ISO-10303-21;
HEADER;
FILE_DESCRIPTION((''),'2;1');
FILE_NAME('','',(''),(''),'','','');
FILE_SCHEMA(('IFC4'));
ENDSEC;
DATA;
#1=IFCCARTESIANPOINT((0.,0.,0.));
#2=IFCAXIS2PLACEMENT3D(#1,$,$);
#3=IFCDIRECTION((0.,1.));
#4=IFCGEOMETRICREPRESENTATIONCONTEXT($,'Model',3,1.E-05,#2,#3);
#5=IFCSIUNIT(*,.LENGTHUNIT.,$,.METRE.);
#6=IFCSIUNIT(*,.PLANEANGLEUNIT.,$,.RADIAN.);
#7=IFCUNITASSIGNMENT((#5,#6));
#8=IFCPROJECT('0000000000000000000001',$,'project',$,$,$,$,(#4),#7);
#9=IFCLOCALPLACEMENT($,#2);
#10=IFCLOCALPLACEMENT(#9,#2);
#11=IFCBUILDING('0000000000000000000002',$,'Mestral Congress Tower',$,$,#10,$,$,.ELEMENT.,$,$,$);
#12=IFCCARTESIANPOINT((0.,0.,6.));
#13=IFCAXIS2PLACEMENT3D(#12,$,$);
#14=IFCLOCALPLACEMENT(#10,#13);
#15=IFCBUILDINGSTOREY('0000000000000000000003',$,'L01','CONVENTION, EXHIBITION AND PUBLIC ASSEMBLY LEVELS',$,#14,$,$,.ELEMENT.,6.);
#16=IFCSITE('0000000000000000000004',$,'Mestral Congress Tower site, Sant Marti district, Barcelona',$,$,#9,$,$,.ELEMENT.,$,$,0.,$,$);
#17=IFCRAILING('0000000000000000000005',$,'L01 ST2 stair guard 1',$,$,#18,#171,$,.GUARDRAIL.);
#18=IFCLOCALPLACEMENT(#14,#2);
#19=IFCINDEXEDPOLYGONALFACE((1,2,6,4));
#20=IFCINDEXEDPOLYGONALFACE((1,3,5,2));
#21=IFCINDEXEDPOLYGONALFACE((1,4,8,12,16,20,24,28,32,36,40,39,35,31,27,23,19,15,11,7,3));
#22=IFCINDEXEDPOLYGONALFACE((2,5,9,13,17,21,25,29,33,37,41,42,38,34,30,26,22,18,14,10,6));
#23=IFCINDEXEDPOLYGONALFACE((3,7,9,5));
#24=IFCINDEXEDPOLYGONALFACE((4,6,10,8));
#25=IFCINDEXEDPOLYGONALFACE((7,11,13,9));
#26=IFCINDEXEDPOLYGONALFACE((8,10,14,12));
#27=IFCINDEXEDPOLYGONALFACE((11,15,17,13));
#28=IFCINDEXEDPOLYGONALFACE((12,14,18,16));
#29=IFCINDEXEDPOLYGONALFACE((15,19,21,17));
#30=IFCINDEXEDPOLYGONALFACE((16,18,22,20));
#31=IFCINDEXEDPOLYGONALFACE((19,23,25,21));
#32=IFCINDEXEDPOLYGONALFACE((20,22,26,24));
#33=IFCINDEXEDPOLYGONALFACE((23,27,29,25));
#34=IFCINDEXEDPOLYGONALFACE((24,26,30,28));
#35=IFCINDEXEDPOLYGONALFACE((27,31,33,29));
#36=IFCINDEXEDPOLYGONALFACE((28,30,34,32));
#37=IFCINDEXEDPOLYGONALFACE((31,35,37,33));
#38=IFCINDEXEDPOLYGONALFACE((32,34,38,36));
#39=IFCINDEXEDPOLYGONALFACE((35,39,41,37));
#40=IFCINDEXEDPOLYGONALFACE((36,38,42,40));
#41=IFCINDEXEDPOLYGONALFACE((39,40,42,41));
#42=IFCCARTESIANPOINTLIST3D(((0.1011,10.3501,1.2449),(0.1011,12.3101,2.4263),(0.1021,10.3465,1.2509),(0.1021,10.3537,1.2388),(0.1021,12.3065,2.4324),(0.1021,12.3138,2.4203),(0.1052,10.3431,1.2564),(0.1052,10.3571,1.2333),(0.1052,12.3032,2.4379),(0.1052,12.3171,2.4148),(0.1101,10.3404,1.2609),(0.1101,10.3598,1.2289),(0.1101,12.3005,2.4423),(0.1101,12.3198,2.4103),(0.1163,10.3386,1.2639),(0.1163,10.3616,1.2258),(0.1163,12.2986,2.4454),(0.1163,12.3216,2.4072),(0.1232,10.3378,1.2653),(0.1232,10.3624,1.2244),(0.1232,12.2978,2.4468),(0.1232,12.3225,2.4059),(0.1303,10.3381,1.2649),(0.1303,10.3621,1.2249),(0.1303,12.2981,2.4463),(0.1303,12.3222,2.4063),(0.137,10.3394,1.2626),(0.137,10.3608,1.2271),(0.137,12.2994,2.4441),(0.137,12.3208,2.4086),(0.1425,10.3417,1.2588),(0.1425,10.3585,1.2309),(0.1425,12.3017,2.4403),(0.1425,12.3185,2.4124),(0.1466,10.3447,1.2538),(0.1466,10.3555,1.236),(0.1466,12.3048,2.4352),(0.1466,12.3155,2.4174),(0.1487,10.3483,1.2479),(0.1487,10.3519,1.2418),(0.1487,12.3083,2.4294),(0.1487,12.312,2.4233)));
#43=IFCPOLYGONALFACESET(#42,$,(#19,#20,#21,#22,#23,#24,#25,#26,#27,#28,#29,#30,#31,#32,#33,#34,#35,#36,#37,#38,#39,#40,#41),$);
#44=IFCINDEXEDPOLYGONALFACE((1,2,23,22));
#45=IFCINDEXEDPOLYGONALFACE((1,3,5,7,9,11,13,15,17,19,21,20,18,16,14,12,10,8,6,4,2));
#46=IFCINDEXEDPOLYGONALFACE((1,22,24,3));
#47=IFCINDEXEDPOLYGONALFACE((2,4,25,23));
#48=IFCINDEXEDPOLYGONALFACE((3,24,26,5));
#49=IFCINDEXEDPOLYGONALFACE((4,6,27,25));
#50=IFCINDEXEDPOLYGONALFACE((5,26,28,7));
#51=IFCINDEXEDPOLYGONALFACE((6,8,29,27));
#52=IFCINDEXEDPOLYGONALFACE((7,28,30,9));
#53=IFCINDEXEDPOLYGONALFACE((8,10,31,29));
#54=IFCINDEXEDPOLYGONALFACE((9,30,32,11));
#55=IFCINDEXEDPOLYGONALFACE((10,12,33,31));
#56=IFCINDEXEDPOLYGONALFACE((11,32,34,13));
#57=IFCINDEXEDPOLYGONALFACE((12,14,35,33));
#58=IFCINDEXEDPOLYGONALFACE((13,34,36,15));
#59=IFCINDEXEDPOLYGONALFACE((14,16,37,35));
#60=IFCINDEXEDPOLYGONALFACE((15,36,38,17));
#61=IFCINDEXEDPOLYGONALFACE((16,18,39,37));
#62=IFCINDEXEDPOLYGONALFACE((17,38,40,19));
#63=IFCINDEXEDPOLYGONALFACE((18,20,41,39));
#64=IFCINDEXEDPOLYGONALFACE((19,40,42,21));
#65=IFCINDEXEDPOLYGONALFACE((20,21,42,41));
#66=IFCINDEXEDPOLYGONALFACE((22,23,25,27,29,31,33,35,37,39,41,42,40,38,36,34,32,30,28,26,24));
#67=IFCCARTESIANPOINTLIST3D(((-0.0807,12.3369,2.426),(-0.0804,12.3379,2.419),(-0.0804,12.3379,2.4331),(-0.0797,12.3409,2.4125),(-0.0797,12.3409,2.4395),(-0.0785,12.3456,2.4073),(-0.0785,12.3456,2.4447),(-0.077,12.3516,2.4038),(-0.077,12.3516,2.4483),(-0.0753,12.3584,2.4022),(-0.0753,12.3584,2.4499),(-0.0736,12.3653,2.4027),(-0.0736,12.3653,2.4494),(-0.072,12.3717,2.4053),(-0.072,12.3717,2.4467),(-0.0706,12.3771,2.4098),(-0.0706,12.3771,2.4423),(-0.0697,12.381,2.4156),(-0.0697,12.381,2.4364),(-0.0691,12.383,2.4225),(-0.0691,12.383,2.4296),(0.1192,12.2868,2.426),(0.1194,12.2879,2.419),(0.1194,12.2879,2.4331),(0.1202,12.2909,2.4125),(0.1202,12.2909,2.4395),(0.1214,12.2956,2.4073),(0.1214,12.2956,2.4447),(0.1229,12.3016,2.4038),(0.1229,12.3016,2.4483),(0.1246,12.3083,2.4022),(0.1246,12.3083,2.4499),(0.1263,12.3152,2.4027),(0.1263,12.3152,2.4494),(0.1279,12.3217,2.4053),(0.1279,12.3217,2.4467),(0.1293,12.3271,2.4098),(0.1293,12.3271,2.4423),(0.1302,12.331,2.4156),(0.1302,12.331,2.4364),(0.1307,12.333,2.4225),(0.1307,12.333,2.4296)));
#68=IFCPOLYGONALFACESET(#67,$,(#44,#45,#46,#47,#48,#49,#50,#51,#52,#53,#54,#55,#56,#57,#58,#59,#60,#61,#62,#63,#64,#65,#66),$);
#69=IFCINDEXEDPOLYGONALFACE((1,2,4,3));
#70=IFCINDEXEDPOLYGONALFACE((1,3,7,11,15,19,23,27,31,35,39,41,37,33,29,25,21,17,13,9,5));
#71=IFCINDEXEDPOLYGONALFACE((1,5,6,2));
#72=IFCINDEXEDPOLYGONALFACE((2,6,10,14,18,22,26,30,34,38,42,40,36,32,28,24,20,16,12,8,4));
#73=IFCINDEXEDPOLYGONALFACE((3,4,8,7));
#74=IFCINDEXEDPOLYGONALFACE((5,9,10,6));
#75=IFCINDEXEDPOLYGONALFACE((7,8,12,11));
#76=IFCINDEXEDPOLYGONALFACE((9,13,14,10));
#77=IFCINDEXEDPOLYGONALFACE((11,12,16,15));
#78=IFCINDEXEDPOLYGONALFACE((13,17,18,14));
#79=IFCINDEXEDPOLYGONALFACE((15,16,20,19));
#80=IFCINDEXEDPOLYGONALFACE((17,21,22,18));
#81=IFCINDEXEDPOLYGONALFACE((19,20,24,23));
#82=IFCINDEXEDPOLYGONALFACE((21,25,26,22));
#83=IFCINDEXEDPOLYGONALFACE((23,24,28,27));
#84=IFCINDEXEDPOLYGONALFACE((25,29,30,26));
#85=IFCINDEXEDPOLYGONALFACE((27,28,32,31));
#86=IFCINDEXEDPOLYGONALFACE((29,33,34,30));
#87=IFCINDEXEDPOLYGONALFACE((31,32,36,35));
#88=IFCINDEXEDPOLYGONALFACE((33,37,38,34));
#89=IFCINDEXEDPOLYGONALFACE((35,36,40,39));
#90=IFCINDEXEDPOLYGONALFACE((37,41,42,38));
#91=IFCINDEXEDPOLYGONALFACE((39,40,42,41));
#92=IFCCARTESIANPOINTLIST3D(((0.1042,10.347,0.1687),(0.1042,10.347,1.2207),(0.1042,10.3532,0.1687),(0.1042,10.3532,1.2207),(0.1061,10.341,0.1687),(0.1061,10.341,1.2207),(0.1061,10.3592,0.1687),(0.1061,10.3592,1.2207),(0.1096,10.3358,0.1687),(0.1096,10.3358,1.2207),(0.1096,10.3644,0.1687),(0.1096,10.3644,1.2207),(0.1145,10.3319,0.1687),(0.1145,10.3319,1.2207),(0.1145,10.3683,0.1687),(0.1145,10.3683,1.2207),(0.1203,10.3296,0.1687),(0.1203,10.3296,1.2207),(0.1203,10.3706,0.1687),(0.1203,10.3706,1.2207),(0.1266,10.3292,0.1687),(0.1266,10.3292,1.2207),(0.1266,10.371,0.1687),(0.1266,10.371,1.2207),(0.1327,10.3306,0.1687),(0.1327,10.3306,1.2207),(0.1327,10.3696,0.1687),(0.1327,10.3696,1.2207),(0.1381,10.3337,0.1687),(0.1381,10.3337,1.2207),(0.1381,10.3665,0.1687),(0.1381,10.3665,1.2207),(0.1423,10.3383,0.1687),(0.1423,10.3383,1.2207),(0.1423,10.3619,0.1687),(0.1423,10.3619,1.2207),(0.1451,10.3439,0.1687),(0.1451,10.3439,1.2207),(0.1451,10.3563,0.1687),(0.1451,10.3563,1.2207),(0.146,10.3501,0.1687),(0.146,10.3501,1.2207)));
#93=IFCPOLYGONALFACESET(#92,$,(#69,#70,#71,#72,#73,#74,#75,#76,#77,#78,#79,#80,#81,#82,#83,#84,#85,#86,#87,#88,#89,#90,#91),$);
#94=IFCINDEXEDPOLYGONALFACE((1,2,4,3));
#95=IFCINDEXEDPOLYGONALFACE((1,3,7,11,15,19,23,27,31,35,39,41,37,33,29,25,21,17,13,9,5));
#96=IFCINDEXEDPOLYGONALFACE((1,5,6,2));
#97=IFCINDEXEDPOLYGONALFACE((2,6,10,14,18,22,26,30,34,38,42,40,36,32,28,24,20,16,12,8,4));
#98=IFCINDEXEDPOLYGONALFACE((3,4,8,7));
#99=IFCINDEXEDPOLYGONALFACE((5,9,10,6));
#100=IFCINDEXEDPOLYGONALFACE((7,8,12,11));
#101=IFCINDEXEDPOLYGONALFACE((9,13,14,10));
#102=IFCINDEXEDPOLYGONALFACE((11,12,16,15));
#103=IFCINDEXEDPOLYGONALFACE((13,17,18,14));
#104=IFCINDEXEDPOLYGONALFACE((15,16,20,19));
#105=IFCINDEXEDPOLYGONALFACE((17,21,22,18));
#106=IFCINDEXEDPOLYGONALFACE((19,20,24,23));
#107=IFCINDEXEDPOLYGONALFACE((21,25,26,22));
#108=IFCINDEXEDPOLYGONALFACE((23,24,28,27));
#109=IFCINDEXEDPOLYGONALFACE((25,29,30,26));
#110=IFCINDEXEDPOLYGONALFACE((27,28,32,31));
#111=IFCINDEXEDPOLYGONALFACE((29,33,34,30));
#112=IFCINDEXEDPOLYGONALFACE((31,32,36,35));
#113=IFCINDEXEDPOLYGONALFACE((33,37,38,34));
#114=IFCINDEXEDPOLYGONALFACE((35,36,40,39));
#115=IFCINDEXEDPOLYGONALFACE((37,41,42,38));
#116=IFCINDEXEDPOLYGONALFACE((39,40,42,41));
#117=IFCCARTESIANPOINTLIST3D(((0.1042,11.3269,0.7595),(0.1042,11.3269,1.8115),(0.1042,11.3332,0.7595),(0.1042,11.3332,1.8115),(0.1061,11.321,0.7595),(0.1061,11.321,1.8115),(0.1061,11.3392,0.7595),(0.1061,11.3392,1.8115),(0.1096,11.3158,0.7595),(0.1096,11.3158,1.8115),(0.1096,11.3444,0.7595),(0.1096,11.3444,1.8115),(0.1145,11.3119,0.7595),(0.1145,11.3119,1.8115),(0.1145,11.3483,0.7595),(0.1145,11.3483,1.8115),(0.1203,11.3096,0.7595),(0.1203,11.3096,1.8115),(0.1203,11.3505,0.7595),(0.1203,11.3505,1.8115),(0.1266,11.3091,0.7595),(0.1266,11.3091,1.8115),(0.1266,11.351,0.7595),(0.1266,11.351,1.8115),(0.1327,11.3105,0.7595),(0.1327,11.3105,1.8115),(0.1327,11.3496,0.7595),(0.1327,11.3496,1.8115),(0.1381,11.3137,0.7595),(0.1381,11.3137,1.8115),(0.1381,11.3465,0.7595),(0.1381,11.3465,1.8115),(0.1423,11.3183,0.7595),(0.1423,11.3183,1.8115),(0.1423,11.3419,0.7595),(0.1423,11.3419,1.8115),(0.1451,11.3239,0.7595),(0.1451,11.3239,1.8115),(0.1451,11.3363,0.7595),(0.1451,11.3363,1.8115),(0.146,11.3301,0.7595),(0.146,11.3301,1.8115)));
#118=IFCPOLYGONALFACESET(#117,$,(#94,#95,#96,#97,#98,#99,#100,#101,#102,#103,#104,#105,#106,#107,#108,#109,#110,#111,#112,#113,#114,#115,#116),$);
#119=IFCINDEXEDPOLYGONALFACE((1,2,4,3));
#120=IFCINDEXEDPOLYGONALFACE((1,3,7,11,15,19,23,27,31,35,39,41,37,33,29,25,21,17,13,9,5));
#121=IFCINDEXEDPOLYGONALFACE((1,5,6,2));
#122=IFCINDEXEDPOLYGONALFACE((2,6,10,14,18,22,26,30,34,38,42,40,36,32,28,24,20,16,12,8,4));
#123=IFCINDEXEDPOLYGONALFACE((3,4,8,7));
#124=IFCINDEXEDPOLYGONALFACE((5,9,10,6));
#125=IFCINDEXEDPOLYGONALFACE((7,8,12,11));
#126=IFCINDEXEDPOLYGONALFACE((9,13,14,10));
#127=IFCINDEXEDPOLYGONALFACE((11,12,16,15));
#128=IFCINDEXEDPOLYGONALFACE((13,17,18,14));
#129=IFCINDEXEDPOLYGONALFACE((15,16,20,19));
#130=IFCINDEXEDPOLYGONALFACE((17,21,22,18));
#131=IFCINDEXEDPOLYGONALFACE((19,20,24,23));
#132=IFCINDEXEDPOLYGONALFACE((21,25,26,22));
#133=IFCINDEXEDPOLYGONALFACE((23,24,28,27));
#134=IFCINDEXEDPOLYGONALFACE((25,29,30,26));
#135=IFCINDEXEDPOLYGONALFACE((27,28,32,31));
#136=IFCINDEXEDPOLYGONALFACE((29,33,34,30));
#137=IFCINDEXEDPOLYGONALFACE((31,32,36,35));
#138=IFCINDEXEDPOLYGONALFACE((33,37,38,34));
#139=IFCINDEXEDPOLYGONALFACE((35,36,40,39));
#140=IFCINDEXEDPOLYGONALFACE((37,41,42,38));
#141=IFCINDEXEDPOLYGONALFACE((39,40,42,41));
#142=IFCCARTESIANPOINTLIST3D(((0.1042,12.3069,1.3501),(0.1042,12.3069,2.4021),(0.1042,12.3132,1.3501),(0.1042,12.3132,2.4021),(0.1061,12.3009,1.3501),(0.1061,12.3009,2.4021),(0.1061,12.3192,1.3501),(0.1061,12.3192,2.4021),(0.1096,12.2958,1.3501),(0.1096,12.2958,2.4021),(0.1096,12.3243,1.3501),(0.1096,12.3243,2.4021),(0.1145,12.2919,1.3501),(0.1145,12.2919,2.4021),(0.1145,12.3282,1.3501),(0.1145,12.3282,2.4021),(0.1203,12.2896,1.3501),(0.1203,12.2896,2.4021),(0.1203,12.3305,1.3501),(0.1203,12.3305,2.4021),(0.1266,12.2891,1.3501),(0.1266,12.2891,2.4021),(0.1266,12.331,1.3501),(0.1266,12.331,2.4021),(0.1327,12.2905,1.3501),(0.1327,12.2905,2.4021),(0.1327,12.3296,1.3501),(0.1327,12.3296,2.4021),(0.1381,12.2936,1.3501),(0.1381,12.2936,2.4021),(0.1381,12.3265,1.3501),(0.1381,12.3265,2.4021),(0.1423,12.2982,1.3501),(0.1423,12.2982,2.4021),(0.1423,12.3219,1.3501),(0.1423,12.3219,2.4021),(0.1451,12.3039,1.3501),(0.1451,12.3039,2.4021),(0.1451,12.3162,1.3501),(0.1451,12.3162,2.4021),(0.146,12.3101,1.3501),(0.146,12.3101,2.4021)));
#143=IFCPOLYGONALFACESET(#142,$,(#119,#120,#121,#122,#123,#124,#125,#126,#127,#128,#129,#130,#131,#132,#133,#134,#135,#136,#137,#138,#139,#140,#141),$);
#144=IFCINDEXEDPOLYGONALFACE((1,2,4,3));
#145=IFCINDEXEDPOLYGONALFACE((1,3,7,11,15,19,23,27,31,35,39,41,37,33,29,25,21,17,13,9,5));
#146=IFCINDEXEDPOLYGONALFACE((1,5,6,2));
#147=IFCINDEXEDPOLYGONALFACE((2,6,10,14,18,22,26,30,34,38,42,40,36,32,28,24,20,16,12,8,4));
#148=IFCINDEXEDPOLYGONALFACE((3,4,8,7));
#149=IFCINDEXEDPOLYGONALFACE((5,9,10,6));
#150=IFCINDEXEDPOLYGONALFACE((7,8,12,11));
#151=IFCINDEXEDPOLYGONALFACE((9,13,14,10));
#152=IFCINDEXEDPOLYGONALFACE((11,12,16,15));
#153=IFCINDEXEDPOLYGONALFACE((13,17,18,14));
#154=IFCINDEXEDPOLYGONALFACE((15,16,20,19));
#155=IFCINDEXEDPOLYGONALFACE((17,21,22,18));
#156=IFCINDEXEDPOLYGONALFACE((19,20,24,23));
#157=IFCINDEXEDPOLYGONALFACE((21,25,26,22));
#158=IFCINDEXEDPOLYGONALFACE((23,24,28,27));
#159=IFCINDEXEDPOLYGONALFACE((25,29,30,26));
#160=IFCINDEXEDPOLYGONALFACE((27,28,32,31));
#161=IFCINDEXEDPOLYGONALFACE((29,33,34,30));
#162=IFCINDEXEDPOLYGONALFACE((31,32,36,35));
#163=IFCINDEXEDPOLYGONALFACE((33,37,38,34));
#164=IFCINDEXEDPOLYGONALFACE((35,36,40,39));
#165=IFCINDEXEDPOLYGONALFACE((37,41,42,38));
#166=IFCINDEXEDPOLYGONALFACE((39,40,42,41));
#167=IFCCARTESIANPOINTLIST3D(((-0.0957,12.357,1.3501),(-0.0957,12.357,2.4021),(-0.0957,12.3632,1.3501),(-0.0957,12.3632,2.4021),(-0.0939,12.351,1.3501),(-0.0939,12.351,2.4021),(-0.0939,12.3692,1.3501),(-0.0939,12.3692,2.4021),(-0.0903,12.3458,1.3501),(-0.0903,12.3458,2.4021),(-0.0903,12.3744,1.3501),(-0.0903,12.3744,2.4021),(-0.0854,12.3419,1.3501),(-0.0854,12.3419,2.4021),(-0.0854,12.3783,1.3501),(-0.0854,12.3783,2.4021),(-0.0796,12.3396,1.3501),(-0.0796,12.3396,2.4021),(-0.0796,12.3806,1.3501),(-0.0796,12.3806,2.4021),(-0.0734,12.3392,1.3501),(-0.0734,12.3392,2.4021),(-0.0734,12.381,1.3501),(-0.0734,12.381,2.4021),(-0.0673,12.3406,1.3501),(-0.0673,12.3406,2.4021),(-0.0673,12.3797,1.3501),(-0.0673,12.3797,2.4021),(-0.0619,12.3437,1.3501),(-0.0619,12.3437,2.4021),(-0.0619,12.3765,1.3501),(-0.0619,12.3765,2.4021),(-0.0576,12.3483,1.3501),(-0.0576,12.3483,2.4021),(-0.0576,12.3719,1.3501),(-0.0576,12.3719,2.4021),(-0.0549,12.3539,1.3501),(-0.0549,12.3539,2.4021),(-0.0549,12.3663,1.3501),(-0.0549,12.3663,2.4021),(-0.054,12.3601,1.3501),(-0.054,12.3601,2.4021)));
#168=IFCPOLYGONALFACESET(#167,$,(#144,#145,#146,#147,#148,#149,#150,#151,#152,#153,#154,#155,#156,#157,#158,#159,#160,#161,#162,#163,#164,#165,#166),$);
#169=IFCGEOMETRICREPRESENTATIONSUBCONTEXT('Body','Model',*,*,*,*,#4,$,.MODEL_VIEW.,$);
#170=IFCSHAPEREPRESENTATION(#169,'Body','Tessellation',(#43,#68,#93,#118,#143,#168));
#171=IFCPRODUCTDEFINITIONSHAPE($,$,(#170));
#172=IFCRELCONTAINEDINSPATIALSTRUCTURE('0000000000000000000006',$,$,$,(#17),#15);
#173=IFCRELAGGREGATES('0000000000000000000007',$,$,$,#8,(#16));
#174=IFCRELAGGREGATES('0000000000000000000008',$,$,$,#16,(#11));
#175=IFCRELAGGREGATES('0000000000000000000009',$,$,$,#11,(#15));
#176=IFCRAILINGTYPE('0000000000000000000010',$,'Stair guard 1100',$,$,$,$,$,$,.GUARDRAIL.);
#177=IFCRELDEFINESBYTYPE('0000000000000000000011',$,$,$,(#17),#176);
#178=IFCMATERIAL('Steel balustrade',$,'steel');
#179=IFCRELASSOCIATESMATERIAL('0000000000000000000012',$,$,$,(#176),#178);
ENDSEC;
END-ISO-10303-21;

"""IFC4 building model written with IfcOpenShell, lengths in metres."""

from ifc_helpers import new_model, si_unit, direction, frame, origin, origin_2d, place, context, subcontext, project, spatial, circle, extrude, material, type_object, element, save


model = new_model("IFC4")

# Units and contexts
model_context = context("Model", 3, precision=1e-05, world=origin(), true_north=direction((0.0, 1.0)))
body_context = subcontext(model_context, "Body", "Model", "MODEL_VIEW")
ifc_project = project(units=[si_unit("LENGTHUNIT", "METRE"), si_unit("PLANEANGLEUNIT", "RADIAN")], contexts=[model_context])

# Site, building, storey
site_placement = place(None, origin())
site = spatial("IfcSite", under=ifc_project, at=site_placement, Name="Mestral Congress Tower site, Sant Marti district, Barcelona", CompositionType="ELEMENT", RefElevation=0.0)
building_placement = place(site_placement, origin())
building = spatial("IfcBuilding", under=site, at=building_placement, Name="Mestral Congress Tower", CompositionType="ELEMENT")
storey_placement = place(building_placement, frame((0.0, 0.0, 6.0)))
storey = spatial("IfcBuildingStorey", under=building, at=storey_placement, Name="L01", Description="CONVENTION, EXHIBITION AND PUBLIC ASSEMBLY LEVELS", CompositionType="ELEMENT", Elevation=6.0)

# Railing
ifc_material_1 = material(Name="Steel balustrade", Category="steel")
railing_type = type_object("IfcRailingType", Name="Stair guard 1100", PredefinedType="GUARDRAIL", material=ifc_material_1)
railing_1_placement = place(storey_placement, frame((0.125, 10.3501, 0.1687)))
element("IfcRailing", 1, at=railing_1_placement, inside=storey, type_object=railing_type, Name="L01 ST2 stair guard 1", PredefinedType="GUARDRAIL", context=body_context, shape_type="SweptSolid", body=[
    extrude(circle(Radius=0.0239, at=origin_2d()), frame((0.0, 0.0, 1.0762), z_axis=(0.0, 0.856446, 0.516236), x_axis=(-1.0, 0.0, 0.0)), (0.0, 0.0, 1.0), 2.2886),
    extrude(circle(Radius=0.0239, at=origin_2d()), frame((0.0, 1.96, 2.2573), z_axis=(-0.970073, 0.242814, 0.0), x_axis=(-0.242814, -0.970073, 0.0)), (0.0, 0.0, 1.0), 0.2061),
    extrude(circle(Radius=0.021, at=origin_2d()), origin(), (0.0, 0.0, 1.0), 1.052),
    extrude(circle(Radius=0.021, at=origin_2d()), frame((0.0, 0.98, 0.5908)), (0.0, 0.0, 1.0), 1.052),
    extrude(circle(Radius=0.021, at=origin_2d()), frame((0.0, 1.96, 1.1814)), (0.0, 0.0, 1.0), 1.052),
    extrude(circle(Radius=0.021, at=origin_2d()), frame((-0.2, 2.01, 1.1814)), (0.0, 0.0, 1.0), 1.052),
])

save(model, "model.ifc")
